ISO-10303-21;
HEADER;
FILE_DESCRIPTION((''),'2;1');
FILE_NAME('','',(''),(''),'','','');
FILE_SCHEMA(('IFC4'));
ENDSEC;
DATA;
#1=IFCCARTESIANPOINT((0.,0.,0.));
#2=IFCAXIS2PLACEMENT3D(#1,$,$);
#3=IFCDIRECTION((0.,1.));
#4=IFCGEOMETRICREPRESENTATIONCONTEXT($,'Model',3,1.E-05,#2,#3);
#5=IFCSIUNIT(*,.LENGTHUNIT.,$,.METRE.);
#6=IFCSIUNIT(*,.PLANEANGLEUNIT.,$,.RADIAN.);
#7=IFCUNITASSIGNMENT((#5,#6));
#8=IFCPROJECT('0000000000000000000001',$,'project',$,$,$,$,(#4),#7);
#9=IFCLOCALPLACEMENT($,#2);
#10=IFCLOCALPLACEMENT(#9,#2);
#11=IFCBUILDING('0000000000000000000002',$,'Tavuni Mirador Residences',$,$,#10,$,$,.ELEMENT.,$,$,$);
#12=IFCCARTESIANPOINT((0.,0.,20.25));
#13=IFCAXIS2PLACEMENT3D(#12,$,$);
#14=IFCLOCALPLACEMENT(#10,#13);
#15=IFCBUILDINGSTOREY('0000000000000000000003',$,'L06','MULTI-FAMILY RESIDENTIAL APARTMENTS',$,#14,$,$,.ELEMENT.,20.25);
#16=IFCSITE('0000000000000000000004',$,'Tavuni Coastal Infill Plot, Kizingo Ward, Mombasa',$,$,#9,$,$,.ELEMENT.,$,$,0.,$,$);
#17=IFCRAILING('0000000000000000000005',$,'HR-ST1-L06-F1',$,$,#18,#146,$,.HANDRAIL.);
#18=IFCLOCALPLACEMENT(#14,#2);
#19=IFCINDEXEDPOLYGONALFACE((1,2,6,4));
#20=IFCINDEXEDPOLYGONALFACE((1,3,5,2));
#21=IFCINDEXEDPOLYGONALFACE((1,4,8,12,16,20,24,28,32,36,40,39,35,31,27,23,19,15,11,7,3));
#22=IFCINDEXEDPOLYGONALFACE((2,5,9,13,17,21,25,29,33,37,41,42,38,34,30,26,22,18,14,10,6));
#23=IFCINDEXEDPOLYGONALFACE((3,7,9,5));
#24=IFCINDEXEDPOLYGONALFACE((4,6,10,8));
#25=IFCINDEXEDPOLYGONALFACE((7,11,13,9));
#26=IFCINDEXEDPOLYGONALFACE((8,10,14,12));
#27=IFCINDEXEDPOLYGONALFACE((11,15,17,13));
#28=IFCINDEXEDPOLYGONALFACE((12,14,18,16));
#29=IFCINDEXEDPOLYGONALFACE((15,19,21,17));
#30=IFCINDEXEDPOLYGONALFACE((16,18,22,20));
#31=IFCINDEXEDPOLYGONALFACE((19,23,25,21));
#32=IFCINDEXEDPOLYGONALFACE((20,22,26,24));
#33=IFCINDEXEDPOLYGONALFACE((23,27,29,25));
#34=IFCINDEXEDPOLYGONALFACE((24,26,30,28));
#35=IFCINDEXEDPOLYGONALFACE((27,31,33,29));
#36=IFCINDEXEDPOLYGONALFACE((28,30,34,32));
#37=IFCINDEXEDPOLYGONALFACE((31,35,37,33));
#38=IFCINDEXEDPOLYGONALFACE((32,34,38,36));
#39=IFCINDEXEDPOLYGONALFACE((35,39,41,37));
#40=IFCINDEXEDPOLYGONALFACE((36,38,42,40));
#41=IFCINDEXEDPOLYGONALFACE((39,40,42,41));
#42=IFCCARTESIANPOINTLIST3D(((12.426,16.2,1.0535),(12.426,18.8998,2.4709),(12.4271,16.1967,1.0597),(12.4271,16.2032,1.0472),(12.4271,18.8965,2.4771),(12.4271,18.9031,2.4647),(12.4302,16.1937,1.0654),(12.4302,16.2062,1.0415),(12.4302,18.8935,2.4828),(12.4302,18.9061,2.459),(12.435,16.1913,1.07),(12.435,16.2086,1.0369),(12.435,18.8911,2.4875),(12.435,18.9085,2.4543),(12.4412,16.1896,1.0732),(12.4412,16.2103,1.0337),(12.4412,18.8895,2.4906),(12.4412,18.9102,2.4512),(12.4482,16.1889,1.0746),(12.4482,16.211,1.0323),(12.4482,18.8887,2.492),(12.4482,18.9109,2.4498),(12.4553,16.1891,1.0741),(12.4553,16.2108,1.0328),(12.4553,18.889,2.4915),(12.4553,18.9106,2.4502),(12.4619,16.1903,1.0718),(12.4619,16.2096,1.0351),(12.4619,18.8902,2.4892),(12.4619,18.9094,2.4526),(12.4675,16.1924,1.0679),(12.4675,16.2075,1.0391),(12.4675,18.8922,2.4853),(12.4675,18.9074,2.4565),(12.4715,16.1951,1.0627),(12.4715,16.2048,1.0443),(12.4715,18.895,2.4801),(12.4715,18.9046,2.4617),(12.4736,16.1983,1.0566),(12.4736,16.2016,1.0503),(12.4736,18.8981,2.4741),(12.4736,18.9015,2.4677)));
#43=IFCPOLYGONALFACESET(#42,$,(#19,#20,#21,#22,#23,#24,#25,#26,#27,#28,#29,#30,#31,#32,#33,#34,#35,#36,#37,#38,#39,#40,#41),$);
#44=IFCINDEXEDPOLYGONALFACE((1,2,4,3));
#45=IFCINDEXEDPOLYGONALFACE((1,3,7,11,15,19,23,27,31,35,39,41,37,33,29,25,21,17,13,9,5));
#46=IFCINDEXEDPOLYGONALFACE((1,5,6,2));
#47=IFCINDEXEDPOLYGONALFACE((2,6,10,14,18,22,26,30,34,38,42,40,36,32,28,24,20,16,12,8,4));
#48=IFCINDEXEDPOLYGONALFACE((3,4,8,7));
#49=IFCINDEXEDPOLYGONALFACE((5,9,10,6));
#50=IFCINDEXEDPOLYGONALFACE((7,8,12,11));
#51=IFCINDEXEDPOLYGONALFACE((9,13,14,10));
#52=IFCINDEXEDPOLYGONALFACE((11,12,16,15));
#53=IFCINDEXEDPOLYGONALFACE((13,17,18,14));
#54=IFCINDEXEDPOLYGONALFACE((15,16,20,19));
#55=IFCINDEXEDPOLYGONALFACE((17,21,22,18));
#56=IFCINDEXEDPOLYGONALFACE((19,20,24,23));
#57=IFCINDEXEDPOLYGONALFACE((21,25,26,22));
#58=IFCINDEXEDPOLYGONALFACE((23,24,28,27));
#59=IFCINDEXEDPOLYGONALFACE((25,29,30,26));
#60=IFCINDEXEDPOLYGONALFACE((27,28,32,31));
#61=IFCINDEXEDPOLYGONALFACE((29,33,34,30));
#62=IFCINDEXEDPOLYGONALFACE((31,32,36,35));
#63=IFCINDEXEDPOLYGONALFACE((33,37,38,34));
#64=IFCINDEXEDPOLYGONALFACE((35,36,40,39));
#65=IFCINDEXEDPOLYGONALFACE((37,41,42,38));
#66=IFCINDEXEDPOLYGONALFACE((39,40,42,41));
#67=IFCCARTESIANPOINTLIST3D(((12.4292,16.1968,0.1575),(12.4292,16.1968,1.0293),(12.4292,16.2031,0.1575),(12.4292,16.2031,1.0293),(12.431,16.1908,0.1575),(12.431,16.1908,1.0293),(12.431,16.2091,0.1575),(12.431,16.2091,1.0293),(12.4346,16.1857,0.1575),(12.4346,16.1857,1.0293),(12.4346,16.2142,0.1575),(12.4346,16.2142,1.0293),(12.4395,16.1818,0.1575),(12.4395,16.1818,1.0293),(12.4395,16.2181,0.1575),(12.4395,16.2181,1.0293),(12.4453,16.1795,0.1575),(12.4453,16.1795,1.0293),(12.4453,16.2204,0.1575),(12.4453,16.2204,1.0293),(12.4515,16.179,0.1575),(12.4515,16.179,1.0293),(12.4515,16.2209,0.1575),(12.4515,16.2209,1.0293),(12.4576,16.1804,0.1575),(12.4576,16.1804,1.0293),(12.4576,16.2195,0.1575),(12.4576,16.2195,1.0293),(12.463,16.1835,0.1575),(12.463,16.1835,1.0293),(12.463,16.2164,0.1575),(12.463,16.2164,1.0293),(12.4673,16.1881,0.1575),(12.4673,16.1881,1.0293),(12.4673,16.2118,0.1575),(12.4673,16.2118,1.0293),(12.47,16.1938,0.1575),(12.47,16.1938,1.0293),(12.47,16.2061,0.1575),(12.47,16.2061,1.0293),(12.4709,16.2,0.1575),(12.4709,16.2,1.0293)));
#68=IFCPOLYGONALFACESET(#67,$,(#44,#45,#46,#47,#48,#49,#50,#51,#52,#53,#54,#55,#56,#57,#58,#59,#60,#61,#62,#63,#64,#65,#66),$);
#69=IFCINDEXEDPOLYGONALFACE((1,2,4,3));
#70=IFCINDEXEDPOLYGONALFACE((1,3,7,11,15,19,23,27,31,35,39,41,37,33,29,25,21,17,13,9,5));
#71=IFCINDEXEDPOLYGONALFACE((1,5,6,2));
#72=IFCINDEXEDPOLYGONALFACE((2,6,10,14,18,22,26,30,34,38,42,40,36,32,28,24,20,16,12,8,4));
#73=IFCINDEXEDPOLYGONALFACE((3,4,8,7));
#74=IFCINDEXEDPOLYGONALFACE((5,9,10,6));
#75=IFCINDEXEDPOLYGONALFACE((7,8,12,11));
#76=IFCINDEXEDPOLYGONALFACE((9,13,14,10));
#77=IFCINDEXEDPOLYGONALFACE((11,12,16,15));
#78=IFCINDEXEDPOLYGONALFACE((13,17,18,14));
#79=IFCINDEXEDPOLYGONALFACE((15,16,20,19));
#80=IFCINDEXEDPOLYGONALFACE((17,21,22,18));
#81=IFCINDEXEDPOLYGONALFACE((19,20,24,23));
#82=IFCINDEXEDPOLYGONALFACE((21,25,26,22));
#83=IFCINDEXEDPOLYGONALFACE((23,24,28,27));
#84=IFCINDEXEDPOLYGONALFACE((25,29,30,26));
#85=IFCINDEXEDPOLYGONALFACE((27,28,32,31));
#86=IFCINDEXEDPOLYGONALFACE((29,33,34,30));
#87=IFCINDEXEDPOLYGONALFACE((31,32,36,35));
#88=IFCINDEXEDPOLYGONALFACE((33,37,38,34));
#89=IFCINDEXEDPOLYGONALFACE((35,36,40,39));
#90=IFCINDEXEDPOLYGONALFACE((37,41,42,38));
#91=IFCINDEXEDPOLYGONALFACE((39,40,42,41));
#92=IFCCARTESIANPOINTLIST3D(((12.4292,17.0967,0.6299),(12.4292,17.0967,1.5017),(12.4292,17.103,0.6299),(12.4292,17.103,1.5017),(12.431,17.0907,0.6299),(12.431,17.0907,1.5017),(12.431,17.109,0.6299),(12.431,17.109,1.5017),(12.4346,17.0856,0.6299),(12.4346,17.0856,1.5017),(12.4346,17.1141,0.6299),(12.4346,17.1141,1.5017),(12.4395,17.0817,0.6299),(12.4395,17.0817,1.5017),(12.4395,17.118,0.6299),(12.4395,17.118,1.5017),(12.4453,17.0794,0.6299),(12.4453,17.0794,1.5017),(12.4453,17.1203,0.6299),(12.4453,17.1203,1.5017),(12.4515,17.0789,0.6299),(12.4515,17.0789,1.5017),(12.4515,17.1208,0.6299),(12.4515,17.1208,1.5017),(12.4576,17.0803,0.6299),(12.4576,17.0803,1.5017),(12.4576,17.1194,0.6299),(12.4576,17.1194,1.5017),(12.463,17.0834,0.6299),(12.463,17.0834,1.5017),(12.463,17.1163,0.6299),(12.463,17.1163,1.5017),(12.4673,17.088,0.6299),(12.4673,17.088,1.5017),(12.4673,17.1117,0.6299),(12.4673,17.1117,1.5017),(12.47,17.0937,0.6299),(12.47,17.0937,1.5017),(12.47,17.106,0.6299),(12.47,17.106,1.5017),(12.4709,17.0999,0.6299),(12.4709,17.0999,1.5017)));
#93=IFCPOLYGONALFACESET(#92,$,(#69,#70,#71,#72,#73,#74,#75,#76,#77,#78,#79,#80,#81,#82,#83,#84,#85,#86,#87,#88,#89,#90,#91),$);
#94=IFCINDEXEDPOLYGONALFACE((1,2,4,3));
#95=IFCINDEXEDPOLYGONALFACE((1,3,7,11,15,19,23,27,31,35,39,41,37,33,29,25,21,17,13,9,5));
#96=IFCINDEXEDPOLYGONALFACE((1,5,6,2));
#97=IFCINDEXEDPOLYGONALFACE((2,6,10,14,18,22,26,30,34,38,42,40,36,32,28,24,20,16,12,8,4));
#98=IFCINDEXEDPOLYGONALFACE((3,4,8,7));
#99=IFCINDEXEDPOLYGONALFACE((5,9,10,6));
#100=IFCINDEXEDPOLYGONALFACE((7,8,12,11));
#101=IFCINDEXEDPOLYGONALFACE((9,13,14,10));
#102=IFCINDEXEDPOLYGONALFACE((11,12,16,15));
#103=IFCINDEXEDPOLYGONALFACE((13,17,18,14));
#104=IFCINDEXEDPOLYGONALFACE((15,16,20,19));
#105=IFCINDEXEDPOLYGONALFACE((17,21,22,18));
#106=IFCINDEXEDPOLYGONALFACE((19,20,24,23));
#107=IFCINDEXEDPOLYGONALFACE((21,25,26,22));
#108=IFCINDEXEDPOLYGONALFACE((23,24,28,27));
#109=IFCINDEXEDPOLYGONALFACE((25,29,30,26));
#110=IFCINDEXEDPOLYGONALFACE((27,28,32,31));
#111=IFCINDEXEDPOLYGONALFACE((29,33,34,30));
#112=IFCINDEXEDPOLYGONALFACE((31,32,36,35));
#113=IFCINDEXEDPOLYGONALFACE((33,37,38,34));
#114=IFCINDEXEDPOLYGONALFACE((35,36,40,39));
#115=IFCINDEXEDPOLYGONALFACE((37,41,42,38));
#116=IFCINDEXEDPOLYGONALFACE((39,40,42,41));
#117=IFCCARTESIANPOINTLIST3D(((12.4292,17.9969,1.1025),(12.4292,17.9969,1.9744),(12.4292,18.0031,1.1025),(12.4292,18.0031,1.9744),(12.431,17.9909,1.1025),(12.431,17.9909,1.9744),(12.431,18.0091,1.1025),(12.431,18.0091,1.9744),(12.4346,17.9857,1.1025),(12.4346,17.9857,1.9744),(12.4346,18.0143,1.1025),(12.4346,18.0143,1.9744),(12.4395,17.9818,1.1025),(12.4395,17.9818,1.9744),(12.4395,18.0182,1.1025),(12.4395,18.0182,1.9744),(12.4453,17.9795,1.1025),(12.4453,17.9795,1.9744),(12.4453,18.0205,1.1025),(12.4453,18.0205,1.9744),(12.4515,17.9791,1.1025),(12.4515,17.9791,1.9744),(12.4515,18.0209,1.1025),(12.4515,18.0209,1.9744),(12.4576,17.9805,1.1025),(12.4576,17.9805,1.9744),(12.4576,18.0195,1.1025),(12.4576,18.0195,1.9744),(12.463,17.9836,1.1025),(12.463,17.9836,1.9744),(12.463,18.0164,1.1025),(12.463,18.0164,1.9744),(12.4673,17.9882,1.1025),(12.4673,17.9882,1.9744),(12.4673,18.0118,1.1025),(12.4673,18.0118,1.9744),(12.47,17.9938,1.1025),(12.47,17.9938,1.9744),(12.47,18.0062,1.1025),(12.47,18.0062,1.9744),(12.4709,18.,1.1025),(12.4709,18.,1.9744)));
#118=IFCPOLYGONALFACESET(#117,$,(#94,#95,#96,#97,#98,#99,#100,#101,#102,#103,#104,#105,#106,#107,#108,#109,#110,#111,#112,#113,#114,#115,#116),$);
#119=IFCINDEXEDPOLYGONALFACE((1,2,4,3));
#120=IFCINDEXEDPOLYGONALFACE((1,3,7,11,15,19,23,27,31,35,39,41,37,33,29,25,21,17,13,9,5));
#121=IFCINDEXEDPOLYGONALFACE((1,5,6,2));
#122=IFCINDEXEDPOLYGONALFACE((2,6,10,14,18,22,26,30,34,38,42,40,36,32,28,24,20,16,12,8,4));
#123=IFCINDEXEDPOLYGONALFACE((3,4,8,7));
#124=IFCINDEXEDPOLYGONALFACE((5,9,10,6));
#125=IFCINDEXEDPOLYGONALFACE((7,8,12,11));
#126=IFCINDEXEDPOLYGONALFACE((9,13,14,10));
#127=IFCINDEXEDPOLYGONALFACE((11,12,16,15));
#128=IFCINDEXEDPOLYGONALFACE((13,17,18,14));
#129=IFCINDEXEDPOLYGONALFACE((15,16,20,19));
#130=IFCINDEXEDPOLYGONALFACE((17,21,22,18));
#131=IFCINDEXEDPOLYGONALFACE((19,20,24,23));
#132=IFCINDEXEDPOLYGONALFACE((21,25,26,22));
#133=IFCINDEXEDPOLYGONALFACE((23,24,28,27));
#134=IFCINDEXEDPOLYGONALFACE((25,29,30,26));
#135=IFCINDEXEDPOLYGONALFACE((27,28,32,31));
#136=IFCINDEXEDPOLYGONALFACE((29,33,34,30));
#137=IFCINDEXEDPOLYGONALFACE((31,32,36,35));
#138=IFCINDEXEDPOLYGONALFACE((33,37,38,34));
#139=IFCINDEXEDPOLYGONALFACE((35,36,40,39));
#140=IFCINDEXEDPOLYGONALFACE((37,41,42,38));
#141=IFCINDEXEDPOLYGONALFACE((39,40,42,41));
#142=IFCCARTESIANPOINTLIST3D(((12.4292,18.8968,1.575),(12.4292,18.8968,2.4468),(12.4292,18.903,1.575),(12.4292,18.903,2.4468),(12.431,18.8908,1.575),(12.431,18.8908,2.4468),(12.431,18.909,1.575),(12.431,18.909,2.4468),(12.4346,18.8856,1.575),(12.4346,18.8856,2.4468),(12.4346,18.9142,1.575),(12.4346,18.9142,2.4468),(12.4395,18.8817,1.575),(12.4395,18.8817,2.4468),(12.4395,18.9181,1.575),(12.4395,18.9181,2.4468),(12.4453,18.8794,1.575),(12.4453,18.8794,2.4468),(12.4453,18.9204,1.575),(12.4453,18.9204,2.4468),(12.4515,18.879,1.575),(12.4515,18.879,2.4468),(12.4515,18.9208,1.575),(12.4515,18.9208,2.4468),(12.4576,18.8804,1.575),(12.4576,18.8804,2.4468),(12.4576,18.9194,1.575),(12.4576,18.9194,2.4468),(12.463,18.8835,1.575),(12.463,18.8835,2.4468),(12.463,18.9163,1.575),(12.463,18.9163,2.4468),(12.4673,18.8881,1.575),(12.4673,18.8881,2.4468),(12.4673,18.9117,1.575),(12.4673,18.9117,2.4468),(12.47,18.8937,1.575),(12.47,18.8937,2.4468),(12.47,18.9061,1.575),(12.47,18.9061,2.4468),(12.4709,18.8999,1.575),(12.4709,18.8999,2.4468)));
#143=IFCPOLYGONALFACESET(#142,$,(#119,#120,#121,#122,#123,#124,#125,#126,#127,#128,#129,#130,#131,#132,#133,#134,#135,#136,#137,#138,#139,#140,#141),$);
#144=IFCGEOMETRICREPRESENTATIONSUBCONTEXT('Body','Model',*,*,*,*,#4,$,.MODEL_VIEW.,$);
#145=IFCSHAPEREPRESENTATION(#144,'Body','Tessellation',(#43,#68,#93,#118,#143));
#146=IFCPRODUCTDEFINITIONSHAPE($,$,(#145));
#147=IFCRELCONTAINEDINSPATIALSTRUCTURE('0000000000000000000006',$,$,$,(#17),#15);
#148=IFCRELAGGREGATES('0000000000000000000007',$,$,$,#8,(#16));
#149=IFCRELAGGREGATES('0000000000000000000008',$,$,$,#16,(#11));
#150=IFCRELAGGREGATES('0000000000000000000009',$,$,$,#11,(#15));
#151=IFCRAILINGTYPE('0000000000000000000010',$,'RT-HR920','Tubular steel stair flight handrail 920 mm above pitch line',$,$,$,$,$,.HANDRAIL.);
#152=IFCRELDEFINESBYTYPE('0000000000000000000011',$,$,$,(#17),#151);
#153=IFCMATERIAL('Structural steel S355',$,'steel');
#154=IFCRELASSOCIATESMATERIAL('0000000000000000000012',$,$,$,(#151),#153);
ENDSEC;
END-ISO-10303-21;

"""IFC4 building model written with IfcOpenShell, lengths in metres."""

from ifc_helpers import new_model, si_unit, direction, frame, origin, origin_2d, place, context, subcontext, project, spatial, circle, extrude, material, type_object, element, save


model = new_model("IFC4")

# Units and contexts
model_context = context("Model", 3, precision=1e-05, world=origin(), true_north=direction((0.0, 1.0)))
body_context = subcontext(model_context, "Body", "Model", "MODEL_VIEW")
ifc_project = project(units=[si_unit("LENGTHUNIT", "METRE"), si_unit("PLANEANGLEUNIT", "RADIAN")], contexts=[model_context])

# Site, building, storey
site_placement = place(None, origin())
site = spatial("IfcSite", under=ifc_project, at=site_placement, Name="Tavuni Coastal Infill Plot, Kizingo Ward, Mombasa", CompositionType="ELEMENT", RefElevation=0.0)
building_placement = place(site_placement, origin())
building = spatial("IfcBuilding", under=site, at=building_placement, Name="Tavuni Mirador Residences", CompositionType="ELEMENT")
storey_placement = place(building_placement, frame((0.0, 0.0, 20.25)))
storey = spatial("IfcBuildingStorey", under=building, at=storey_placement, Name="L06", Description="MULTI-FAMILY RESIDENTIAL APARTMENTS", CompositionType="ELEMENT", Elevation=20.25)

# Shared definitions
ifc_material_1 = material(Name="Structural steel S355", Category="steel")

# Railing
railing_type_1 = type_object("IfcRailingType", Name="RT-HR920", Description="Tubular steel stair flight handrail 920 mm above pitch line", PredefinedType="HANDRAIL", material=ifc_material_1)
railing_1_placement = place(storey_placement, frame((12.45, 16.2, 0.1575)))
element("IfcRailing", 1, at=railing_1_placement, inside=storey, type_object=railing_type_1, Name="HR-ST1-L06-F1", PredefinedType="HANDRAIL", context=body_context, shape_type="SweptSolid", body=[
    extrude(circle(Radius=0.0239, at=origin_2d()), frame((0.0, 0.0, 0.896), z_axis=(0.0, 0.885397, 0.464835), x_axis=(-1.0, 0.0, 0.0)), (0.0, 0.0, 1.0), 3.0493),
    extrude(circle(Radius=0.021, at=origin_2d()), origin(), (0.0, 0.0, 1.0), 0.8718),
    extrude(circle(Radius=0.021, at=origin_2d()), frame((0.0, 0.8999, 0.4724)), (0.0, 0.0, 1.0), 0.8718),
    extrude(circle(Radius=0.021, at=origin_2d()), frame((0.0, 1.8, 0.9451)), (0.0, 0.0, 1.0), 0.8718),
    extrude(circle(Radius=0.021, at=origin_2d()), frame((0.0, 2.7, 1.4175)), (0.0, 0.0, 1.0), 0.8718),
])

save(model, "model.ifc")
